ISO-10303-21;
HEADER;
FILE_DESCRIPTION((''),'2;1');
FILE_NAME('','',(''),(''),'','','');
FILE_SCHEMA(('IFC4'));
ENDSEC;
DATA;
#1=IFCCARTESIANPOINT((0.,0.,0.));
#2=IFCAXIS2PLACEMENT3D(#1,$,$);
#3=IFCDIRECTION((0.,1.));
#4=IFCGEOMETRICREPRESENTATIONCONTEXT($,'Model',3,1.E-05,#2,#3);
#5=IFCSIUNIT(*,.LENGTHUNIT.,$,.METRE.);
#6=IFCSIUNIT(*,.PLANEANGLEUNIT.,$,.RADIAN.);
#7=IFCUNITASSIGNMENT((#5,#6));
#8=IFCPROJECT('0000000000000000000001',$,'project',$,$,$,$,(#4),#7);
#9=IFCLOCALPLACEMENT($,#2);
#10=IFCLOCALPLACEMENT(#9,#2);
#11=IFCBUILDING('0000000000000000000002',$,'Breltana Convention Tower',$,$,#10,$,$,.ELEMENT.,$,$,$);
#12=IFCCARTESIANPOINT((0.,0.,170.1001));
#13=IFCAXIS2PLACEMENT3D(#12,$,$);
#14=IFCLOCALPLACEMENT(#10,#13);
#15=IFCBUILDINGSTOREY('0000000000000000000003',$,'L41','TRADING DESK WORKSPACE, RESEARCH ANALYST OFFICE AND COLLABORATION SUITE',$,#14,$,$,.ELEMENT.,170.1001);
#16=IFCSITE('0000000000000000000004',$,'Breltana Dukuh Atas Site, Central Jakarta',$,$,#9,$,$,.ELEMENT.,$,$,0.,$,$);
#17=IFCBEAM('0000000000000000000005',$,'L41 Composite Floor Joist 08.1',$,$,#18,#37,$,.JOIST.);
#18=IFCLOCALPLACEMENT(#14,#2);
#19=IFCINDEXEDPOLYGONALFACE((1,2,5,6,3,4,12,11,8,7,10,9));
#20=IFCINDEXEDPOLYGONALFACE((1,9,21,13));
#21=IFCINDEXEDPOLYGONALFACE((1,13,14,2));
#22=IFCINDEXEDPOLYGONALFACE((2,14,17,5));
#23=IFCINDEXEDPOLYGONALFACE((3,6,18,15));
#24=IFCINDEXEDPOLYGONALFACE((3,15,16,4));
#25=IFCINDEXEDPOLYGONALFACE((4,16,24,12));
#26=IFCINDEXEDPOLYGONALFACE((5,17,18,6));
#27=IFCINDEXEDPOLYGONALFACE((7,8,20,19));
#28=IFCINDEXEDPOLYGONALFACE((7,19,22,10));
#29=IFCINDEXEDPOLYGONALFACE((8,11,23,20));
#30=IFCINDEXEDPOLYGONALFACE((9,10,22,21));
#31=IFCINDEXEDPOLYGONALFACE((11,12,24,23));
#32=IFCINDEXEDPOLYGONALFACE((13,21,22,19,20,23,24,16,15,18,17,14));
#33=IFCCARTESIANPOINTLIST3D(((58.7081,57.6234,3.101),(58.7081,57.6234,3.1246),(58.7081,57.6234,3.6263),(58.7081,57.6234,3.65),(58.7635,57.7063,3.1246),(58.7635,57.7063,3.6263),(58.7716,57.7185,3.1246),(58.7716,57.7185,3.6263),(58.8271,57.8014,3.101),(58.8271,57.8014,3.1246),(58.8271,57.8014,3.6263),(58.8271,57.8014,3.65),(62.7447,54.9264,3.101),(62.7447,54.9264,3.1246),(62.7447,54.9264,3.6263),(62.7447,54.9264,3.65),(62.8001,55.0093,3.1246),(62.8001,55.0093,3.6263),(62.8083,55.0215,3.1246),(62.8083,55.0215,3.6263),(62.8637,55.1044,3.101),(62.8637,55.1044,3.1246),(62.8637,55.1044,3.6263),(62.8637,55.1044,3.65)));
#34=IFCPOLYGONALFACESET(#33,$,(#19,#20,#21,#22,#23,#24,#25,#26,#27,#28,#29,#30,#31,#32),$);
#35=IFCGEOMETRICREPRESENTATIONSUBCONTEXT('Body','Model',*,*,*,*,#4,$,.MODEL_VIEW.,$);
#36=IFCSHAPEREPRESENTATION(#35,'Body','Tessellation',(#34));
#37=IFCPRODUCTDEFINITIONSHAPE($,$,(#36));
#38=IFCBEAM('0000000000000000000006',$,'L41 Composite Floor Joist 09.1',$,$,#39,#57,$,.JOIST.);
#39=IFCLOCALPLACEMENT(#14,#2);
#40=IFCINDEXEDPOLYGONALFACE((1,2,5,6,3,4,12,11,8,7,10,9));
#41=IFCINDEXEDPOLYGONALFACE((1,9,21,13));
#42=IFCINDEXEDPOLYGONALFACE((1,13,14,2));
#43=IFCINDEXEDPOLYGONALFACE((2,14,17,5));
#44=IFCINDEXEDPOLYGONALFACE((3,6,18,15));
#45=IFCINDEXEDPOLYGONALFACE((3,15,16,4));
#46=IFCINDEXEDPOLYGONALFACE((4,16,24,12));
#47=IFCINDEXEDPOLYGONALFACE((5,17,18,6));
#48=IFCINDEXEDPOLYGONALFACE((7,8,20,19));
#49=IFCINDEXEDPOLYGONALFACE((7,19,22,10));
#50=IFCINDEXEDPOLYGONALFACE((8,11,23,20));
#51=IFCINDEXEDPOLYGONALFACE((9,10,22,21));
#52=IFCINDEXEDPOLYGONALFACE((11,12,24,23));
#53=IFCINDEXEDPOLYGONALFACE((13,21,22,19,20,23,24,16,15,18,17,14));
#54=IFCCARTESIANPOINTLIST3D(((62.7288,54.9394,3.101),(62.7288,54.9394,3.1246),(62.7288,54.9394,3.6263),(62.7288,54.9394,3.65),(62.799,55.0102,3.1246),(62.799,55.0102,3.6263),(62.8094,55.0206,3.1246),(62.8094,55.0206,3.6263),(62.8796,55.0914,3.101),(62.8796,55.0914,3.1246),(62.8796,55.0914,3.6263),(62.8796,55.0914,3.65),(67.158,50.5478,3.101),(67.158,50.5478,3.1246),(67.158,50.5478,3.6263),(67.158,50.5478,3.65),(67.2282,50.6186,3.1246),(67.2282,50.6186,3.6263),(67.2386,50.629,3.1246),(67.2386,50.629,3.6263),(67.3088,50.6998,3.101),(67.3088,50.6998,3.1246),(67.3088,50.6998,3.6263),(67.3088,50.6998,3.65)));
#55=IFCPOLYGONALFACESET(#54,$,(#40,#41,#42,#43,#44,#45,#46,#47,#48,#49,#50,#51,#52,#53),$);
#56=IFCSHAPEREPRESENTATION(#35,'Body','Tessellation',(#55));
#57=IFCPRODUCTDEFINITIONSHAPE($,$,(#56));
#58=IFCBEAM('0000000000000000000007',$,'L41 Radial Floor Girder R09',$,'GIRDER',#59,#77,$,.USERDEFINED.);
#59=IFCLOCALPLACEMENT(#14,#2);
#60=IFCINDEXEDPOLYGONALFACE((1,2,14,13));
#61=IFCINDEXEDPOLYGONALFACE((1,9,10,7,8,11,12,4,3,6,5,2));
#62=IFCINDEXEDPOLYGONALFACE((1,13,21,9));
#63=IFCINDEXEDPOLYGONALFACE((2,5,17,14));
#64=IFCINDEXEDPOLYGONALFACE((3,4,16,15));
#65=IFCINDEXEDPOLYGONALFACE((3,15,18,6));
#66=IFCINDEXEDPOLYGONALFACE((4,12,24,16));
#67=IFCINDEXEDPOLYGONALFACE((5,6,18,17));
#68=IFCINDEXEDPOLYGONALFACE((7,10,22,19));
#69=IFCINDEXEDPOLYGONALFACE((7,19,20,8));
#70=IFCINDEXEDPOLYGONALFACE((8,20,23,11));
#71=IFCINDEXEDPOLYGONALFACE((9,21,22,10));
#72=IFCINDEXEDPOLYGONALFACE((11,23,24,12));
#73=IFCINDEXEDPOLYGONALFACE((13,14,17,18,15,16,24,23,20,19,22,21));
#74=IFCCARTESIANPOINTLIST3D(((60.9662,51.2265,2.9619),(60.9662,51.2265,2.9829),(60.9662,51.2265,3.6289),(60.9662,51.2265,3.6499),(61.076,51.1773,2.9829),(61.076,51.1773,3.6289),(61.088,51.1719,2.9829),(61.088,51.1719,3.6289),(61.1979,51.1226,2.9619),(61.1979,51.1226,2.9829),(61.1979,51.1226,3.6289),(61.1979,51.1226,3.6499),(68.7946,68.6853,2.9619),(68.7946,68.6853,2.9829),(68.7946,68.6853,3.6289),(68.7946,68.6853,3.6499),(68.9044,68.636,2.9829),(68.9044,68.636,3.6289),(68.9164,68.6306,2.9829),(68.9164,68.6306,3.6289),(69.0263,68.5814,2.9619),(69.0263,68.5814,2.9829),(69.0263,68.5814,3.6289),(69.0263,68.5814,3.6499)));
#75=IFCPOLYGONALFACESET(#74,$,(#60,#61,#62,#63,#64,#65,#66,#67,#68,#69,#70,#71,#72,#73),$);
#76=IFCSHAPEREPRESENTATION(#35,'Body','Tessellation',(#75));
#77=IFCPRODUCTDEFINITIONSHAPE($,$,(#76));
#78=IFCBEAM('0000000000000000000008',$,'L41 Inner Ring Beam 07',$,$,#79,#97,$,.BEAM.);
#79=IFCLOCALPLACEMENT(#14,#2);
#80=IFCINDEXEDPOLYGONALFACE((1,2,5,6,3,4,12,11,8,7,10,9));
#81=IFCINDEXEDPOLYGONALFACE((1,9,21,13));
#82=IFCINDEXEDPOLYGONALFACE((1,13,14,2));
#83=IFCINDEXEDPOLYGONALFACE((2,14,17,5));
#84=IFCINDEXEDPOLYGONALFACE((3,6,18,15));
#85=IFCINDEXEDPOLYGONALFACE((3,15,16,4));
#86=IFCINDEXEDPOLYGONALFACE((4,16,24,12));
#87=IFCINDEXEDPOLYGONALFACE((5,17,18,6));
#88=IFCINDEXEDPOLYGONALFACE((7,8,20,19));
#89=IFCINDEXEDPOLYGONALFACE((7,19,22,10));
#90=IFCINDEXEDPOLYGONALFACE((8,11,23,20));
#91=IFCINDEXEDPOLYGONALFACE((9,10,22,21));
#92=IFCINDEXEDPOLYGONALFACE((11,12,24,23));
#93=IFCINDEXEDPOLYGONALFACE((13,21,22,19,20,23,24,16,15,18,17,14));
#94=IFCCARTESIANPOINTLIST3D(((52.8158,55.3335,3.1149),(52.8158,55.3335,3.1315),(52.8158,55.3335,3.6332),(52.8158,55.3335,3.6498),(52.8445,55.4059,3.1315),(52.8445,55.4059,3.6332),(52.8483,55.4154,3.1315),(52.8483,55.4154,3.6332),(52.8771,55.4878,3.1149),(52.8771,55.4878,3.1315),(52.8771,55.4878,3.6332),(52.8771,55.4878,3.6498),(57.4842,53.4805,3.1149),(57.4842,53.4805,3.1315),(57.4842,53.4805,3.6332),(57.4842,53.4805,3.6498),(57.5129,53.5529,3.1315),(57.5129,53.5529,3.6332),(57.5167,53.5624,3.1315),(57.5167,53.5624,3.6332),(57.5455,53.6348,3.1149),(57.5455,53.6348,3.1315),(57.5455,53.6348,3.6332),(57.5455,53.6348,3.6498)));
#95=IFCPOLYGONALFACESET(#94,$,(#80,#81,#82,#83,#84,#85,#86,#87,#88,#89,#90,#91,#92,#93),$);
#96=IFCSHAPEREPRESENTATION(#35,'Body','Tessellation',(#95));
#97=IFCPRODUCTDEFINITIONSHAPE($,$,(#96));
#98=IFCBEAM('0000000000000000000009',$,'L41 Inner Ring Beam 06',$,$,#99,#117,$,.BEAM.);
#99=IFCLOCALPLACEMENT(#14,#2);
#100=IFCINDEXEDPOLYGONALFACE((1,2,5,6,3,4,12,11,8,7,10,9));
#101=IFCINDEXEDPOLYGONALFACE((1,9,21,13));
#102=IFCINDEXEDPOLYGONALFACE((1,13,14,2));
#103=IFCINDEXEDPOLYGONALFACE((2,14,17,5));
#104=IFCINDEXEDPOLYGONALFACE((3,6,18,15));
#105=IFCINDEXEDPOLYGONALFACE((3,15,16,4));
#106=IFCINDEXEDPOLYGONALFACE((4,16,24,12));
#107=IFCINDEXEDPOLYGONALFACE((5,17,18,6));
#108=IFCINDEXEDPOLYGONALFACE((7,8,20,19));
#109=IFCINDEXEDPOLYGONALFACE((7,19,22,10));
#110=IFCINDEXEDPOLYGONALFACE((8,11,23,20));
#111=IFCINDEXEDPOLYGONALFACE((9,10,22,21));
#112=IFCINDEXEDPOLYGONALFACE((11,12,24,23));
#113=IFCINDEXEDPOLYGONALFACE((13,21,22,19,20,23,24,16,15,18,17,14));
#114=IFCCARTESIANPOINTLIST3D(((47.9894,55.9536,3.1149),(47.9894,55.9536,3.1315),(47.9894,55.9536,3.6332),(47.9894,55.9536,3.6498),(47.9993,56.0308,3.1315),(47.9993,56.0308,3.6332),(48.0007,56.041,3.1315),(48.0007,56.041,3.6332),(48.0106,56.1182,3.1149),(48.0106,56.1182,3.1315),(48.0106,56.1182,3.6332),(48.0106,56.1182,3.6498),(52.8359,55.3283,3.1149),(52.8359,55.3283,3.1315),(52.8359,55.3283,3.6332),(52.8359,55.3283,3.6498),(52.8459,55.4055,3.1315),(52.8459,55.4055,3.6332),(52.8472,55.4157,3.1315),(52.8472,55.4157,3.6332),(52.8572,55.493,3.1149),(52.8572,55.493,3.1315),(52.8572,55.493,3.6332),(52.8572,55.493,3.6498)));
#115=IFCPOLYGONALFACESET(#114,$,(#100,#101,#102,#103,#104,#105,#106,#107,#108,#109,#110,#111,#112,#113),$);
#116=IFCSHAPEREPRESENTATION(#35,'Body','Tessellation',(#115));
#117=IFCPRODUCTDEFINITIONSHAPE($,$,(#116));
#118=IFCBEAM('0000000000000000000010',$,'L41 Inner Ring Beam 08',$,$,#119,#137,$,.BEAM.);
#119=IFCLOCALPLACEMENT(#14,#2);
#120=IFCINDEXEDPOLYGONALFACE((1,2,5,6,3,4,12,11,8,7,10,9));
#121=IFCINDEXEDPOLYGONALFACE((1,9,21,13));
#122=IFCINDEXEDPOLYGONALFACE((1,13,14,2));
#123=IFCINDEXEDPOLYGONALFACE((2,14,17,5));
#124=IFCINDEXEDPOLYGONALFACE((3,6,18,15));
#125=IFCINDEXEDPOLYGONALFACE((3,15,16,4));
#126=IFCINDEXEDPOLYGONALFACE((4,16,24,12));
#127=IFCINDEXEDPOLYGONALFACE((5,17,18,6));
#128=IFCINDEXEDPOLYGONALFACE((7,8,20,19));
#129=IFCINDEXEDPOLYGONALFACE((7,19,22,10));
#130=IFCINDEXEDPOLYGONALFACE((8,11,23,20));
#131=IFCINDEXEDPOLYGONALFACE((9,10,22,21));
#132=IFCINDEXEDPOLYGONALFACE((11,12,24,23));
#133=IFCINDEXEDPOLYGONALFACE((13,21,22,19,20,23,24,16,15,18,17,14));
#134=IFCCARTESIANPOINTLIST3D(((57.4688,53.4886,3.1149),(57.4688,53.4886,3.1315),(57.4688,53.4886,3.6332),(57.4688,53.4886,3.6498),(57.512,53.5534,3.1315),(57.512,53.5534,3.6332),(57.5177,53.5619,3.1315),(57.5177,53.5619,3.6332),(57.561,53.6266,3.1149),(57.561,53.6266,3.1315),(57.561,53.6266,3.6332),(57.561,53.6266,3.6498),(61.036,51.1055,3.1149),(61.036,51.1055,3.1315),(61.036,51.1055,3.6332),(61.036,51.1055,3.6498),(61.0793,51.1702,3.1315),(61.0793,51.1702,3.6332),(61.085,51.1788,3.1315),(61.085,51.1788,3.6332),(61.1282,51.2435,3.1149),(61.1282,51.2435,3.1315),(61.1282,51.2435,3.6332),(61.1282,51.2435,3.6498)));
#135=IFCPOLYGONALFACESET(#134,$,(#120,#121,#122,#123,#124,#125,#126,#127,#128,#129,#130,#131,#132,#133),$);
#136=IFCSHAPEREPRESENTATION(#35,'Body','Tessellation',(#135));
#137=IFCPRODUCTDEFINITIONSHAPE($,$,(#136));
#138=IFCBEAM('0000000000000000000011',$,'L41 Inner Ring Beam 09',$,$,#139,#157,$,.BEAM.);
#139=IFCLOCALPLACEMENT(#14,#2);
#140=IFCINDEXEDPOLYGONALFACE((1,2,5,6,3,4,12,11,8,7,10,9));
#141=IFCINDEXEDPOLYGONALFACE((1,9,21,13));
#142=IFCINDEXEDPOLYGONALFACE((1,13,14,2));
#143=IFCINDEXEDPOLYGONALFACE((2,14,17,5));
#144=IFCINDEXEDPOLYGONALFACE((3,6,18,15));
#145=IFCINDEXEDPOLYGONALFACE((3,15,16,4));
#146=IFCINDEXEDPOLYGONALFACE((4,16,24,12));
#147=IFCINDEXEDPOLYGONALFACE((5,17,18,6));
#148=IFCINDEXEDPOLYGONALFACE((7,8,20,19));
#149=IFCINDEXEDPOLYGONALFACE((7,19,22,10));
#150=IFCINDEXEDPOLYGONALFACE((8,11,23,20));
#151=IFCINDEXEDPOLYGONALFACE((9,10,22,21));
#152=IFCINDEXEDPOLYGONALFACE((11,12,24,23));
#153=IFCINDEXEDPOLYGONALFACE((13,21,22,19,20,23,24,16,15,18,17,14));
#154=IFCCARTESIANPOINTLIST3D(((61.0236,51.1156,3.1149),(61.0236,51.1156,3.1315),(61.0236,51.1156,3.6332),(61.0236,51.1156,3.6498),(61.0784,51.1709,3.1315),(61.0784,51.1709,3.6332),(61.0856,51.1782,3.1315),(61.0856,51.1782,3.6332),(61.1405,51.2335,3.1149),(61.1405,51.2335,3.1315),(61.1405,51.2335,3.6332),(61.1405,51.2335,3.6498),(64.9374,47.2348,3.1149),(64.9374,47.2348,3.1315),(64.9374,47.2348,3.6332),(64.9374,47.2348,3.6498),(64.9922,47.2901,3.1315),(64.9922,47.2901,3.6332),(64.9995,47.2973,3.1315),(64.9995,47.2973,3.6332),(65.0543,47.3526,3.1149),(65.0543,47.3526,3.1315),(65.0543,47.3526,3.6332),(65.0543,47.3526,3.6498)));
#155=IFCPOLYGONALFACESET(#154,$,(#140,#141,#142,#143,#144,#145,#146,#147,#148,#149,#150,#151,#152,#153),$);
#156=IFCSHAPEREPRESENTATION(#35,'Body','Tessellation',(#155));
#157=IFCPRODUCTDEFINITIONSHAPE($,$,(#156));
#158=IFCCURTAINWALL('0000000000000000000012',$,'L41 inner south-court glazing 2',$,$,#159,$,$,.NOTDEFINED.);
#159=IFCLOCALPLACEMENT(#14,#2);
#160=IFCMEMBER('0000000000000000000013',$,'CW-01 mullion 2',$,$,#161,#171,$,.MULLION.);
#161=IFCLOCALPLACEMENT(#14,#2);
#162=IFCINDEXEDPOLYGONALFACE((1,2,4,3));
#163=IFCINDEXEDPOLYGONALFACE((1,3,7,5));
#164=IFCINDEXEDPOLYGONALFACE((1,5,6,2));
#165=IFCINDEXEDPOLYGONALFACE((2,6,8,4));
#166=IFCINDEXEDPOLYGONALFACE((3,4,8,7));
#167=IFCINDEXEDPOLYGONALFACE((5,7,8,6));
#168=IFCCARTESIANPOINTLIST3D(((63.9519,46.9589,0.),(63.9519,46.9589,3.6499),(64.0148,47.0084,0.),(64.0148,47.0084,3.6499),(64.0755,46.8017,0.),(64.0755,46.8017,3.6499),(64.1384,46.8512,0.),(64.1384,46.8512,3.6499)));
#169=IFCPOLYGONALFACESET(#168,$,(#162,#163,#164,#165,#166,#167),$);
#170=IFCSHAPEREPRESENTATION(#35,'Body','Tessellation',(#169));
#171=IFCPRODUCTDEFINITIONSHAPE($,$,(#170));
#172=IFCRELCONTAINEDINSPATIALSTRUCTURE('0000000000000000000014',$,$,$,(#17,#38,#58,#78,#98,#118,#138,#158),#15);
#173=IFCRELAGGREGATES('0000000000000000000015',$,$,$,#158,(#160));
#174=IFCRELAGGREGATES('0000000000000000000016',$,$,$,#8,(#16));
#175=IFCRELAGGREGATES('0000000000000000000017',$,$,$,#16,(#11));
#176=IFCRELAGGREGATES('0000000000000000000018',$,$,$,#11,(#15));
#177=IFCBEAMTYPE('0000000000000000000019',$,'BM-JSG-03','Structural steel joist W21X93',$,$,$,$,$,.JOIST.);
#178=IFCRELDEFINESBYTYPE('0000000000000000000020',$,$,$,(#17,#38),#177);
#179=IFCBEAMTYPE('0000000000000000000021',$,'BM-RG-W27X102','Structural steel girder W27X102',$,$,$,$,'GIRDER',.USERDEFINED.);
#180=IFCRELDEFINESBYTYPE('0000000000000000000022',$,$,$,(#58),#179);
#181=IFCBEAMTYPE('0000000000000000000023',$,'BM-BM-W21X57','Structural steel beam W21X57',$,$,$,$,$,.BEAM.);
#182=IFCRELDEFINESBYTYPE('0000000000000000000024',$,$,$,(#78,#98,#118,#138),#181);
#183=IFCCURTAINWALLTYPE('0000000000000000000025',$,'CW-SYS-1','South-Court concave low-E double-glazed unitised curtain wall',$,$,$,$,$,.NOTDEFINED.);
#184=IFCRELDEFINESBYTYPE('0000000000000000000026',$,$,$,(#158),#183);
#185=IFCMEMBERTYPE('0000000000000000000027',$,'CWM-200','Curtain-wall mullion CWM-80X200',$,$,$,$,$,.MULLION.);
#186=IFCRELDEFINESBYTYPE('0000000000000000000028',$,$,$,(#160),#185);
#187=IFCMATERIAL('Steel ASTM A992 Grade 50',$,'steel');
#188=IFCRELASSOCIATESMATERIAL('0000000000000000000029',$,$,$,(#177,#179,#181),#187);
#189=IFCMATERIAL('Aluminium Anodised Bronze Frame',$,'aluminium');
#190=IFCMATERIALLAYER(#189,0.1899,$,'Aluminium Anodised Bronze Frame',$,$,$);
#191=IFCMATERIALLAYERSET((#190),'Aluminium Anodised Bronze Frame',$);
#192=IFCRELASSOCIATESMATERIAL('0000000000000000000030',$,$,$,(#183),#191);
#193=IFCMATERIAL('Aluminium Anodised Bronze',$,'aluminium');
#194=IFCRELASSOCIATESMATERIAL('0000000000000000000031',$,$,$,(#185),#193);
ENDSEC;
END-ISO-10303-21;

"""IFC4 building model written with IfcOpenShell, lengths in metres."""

from ifc_helpers import new_model, si_unit, direction, frame, origin, origin_2d, place, context, subcontext, project, spatial, rectangle, i_section, extrude, source, transform, mapped, material, layer, layer_set, material_profile, profile_set, type_object, element, aggregate, save


model = new_model("IFC4")

# Units and contexts
model_context = context("Model", 3, precision=1e-05, world=origin(), true_north=direction((0.0, 1.0)))
body_context = subcontext(model_context, "Body", "Model", "MODEL_VIEW")
ifc_project = project(units=[si_unit("LENGTHUNIT", "METRE"), si_unit("PLANEANGLEUNIT", "RADIAN")], contexts=[model_context])

# Site, building, storey
site_placement = place(None, origin())
site = spatial("IfcSite", under=ifc_project, at=site_placement, Name="Breltana Dukuh Atas Site, Central Jakarta", CompositionType="ELEMENT", RefElevation=0.0)
building_placement = place(site_placement, origin())
building = spatial("IfcBuilding", under=site, at=building_placement, Name="Breltana Convention Tower", CompositionType="ELEMENT")
storey_placement = place(building_placement, frame((0.0, 0.0, 170.1001)))
storey = spatial("IfcBuildingStorey", under=building, at=storey_placement, Name="L41", Description="TRADING DESK WORKSPACE, RESEARCH ANALYST OFFICE AND COLLABORATION SUITE", CompositionType="ELEMENT", Elevation=170.1001)

# Beams
ifc_material_1 = material(Name="Steel ASTM A992 Grade 50", Category="steel")
ifc_material_profile_1 = material_profile(ifc_material_1, i_section(OverallWidth=0.2141, OverallDepth=0.5491, WebThickness=0.0146, FlangeThickness=0.0237, at=origin_2d()), Name="W21X93")
ifc_profile_set_1 = profile_set([ifc_material_profile_1], Name="Steel ASTM A992 Grade 50")
beam_type_1 = type_object("IfcBeamType", Name="BM-JSG-03", Description="Structural steel joist W21X93", PredefinedType="JOIST", material=ifc_profile_set_1)
shared_shape_1 = source(origin(), body_context, "Body", "SweptSolid", [
    extrude(i_section(OverallWidth=0.2141, OverallDepth=0.5491, WebThickness=0.0146, FlangeThickness=0.0237, at=origin_2d()), origin(), (0.0, 0.0, 1.0), 4.8547),
])
beam_1_placement = place(storey_placement, frame((58.7676, 57.7124, 3.3755), z_axis=(0.831485, -0.555547, 0.0), x_axis=(0.555547, 0.831485, 0.0)))
element("IfcBeam", 1, at=beam_1_placement, inside=storey, type_object=beam_type_1, Name="L41 Composite Floor Joist 08.1", PredefinedType="JOIST", context=body_context, shape_type="MappedRepresentation", body=[
    mapped(shared_shape_1, transform((0.0, 0.0, 0.0), scale=1.0)),
])
shared_shape_2 = source(origin(), body_context, "Body", "SweptSolid", [
    extrude(i_section(OverallWidth=0.2141, OverallDepth=0.5491, WebThickness=0.0146, FlangeThickness=0.0237, at=origin_2d()), origin(), (0.0, 0.0, 1.0), 6.2373),
])
beam_2_placement = place(storey_placement, frame((62.8042, 55.0154, 3.3755), z_axis=(0.710114, -0.704086, 0.0), x_axis=(0.704086, 0.710114, 0.0)))
element("IfcBeam", 2, at=beam_2_placement, inside=storey, type_object=beam_type_1, Name="L41 Composite Floor Joist 09.1", PredefinedType="JOIST", context=body_context, shape_type="MappedRepresentation", body=[
    mapped(shared_shape_2, transform((0.0, 0.0, 0.0), scale=1.0)),
])
ifc_material_profile_2 = material_profile(ifc_material_1, i_section(OverallWidth=0.2539, OverallDepth=0.688, WebThickness=0.0132, FlangeThickness=0.021, at=origin_2d()), Name="W27X102")
ifc_profile_set_2 = profile_set([ifc_material_profile_2], Name="Steel ASTM A992 Grade 50")
beam_type_2 = type_object("IfcBeamType", Name="BM-RG-W27X102", Description="Structural steel girder W27X102", ElementType="GIRDER", PredefinedType="USERDEFINED", material=ifc_profile_set_2)
shared_shape_3 = source(origin(), body_context, "Body", "SweptSolid", [
    extrude(i_section(OverallWidth=0.2539, OverallDepth=0.688, WebThickness=0.0132, FlangeThickness=0.021, at=origin_2d()), origin(), (0.0, 0.0, 1.0), 19.1335),
])
beam_3_placement = place(storey_placement, frame((61.082, 51.1746, 3.3059), z_axis=(0.409145, 0.91247, 0.0), x_axis=(-0.91247, 0.409145, 0.0)))
element("IfcBeam", 3, at=beam_3_placement, inside=storey, type_object=beam_type_2, Name="L41 Radial Floor Girder R09", ObjectType="GIRDER", PredefinedType="USERDEFINED", context=body_context, shape_type="MappedRepresentation", body=[
    mapped(shared_shape_3, transform((0.0, 0.0, 0.0), scale=1.0)),
])
ifc_material_profile_3 = material_profile(ifc_material_1, i_section(OverallWidth=0.166, OverallDepth=0.5349, WebThickness=0.0103, FlangeThickness=0.0166, at=origin_2d()), Name="W21X57")
ifc_profile_set_3 = profile_set([ifc_material_profile_3], Name="Steel ASTM A992 Grade 50")
beam_type_3 = type_object("IfcBeamType", Name="BM-BM-W21X57", Description="Structural steel beam W21X57", PredefinedType="BEAM", material=ifc_profile_set_3)
shared_shape_4 = source(origin(), body_context, "Body", "SweptSolid", [
    extrude(i_section(OverallWidth=0.166, OverallDepth=0.5349, WebThickness=0.0103, FlangeThickness=0.0166, at=origin_2d()), origin(), (0.0, 0.0, 1.0), 5.0227),
])
beam_4_placement = place(storey_placement, frame((52.8464, 55.4106, 3.3823), z_axis=(0.929459, -0.368926, 0.0), x_axis=(0.368926, 0.929459, 0.0)))
element("IfcBeam", 4, at=beam_4_placement, inside=storey, type_object=beam_type_3, Name="L41 Inner Ring Beam 07", PredefinedType="BEAM", context=body_context, shape_type="MappedRepresentation", body=[
    mapped(shared_shape_4, transform((0.0, 0.0, 0.0), scale=1.0)),
])
shared_shape_5 = source(origin(), body_context, "Body", "SweptSolid", [
    extrude(i_section(OverallWidth=0.166, OverallDepth=0.5349, WebThickness=0.0103, FlangeThickness=0.0166, at=origin_2d()), origin(), (0.0, 0.0, 1.0), 4.8867),
])
beam_5_placement = place(storey_placement, frame((48.0, 56.0359, 3.3823), z_axis=(0.991781, -0.127951, 0.0), x_axis=(0.127951, 0.991781, 0.0)))
element("IfcBeam", 5, at=beam_5_placement, inside=storey, type_object=beam_type_3, Name="L41 Inner Ring Beam 06", PredefinedType="BEAM", context=body_context, shape_type="MappedRepresentation", body=[
    mapped(shared_shape_5, transform((0.0, 0.0, 0.0), scale=1.0)),
])
shared_shape_6 = source(origin(), body_context, "Body", "SweptSolid", [
    extrude(i_section(OverallWidth=0.166, OverallDepth=0.5349, WebThickness=0.0103, FlangeThickness=0.0166, at=origin_2d()), origin(), (0.0, 0.0, 1.0), 4.29),
])
beam_6_placement = place(storey_placement, frame((57.5149, 53.5576, 3.3823), z_axis=(0.831516, -0.555501, 0.0), x_axis=(0.555501, 0.831516, 0.0)))
element("IfcBeam", 6, at=beam_6_placement, inside=storey, type_object=beam_type_3, Name="L41 Inner Ring Beam 08", PredefinedType="BEAM", context=body_context, shape_type="MappedRepresentation", body=[
    mapped(shared_shape_6, transform((0.0, 0.0, 0.0), scale=1.0)),
])
shared_shape_7 = source(origin(), body_context, "Body", "SweptSolid", [
    extrude(i_section(OverallWidth=0.166, OverallDepth=0.5349, WebThickness=0.0103, FlangeThickness=0.0166, at=origin_2d()), origin(), (0.0, 0.0, 1.0), 5.5117),
])
beam_7_placement = place(storey_placement, frame((61.082, 51.1746, 3.3823), z_axis=(0.71009, -0.704111, 0.0), x_axis=(0.704111, 0.71009, 0.0)))
element("IfcBeam", 7, at=beam_7_placement, inside=storey, type_object=beam_type_3, Name="L41 Inner Ring Beam 09", PredefinedType="BEAM", context=body_context, shape_type="MappedRepresentation", body=[
    mapped(shared_shape_7, transform((0.0, 0.0, 0.0), scale=1.0)),
])

# Curtain wall, member
ifc_material_2 = material(Name="Aluminium Anodised Bronze Frame", Category="aluminium")
ifc_layer_1 = layer(ifc_material_2, 0.1899, Name="Aluminium Anodised Bronze Frame")
ifc_layer_set_1 = layer_set([ifc_layer_1], Name="Aluminium Anodised Bronze Frame")
curtain_wall_type = type_object("IfcCurtainWallType", Name="CW-SYS-1", Description="South-Court concave low-E double-glazed unitised curtain wall", PredefinedType="NOTDEFINED", material=ifc_layer_set_1)
curtain_wall_1_placement = place(storey_placement, origin())
curtain_wall_1 = element("IfcCurtainWall", 8, at=curtain_wall_1_placement, inside=storey, type_object=curtain_wall_type, Name="L41 inner south-court glazing 2", PredefinedType="NOTDEFINED")
ifc_material_3 = material(Name="Aluminium Anodised Bronze", Category="aluminium")
ifc_material_profile_4 = material_profile(ifc_material_3, rectangle(XDim=0.0801, YDim=0.2, at=origin_2d()), Name="CWM-80X200")
ifc_profile_set_4 = profile_set([ifc_material_profile_4], Name="Aluminium Anodised Bronze")
member_type_1 = type_object("IfcMemberType", Name="CWM-200", Description="Curtain-wall mullion CWM-80X200", PredefinedType="MULLION", material=ifc_profile_set_4)
shared_shape_8 = source(origin(), body_context, "Body", "SweptSolid", [
    extrude(rectangle(XDim=0.0801, YDim=0.2, at=origin_2d()), origin(), (0.0, 0.0, 1.0), 3.6499),
])
member_1_placement = place(storey_placement, frame((64.0452, 46.905, 0.0), z_axis=(0.0, 0.0, 1.0), x_axis=(-0.786051, -0.618161, 0.0)))
member_1 = element("IfcMember", 9, at=member_1_placement, type_object=member_type_1, Name="CW-01 mullion 2", PredefinedType="MULLION", context=body_context, shape_type="MappedRepresentation", body=[
    mapped(shared_shape_8, transform((0.0, 0.0, 0.0), scale=1.0)),
])
aggregate(curtain_wall_1, [member_1])

save(model, "model.ifc")
